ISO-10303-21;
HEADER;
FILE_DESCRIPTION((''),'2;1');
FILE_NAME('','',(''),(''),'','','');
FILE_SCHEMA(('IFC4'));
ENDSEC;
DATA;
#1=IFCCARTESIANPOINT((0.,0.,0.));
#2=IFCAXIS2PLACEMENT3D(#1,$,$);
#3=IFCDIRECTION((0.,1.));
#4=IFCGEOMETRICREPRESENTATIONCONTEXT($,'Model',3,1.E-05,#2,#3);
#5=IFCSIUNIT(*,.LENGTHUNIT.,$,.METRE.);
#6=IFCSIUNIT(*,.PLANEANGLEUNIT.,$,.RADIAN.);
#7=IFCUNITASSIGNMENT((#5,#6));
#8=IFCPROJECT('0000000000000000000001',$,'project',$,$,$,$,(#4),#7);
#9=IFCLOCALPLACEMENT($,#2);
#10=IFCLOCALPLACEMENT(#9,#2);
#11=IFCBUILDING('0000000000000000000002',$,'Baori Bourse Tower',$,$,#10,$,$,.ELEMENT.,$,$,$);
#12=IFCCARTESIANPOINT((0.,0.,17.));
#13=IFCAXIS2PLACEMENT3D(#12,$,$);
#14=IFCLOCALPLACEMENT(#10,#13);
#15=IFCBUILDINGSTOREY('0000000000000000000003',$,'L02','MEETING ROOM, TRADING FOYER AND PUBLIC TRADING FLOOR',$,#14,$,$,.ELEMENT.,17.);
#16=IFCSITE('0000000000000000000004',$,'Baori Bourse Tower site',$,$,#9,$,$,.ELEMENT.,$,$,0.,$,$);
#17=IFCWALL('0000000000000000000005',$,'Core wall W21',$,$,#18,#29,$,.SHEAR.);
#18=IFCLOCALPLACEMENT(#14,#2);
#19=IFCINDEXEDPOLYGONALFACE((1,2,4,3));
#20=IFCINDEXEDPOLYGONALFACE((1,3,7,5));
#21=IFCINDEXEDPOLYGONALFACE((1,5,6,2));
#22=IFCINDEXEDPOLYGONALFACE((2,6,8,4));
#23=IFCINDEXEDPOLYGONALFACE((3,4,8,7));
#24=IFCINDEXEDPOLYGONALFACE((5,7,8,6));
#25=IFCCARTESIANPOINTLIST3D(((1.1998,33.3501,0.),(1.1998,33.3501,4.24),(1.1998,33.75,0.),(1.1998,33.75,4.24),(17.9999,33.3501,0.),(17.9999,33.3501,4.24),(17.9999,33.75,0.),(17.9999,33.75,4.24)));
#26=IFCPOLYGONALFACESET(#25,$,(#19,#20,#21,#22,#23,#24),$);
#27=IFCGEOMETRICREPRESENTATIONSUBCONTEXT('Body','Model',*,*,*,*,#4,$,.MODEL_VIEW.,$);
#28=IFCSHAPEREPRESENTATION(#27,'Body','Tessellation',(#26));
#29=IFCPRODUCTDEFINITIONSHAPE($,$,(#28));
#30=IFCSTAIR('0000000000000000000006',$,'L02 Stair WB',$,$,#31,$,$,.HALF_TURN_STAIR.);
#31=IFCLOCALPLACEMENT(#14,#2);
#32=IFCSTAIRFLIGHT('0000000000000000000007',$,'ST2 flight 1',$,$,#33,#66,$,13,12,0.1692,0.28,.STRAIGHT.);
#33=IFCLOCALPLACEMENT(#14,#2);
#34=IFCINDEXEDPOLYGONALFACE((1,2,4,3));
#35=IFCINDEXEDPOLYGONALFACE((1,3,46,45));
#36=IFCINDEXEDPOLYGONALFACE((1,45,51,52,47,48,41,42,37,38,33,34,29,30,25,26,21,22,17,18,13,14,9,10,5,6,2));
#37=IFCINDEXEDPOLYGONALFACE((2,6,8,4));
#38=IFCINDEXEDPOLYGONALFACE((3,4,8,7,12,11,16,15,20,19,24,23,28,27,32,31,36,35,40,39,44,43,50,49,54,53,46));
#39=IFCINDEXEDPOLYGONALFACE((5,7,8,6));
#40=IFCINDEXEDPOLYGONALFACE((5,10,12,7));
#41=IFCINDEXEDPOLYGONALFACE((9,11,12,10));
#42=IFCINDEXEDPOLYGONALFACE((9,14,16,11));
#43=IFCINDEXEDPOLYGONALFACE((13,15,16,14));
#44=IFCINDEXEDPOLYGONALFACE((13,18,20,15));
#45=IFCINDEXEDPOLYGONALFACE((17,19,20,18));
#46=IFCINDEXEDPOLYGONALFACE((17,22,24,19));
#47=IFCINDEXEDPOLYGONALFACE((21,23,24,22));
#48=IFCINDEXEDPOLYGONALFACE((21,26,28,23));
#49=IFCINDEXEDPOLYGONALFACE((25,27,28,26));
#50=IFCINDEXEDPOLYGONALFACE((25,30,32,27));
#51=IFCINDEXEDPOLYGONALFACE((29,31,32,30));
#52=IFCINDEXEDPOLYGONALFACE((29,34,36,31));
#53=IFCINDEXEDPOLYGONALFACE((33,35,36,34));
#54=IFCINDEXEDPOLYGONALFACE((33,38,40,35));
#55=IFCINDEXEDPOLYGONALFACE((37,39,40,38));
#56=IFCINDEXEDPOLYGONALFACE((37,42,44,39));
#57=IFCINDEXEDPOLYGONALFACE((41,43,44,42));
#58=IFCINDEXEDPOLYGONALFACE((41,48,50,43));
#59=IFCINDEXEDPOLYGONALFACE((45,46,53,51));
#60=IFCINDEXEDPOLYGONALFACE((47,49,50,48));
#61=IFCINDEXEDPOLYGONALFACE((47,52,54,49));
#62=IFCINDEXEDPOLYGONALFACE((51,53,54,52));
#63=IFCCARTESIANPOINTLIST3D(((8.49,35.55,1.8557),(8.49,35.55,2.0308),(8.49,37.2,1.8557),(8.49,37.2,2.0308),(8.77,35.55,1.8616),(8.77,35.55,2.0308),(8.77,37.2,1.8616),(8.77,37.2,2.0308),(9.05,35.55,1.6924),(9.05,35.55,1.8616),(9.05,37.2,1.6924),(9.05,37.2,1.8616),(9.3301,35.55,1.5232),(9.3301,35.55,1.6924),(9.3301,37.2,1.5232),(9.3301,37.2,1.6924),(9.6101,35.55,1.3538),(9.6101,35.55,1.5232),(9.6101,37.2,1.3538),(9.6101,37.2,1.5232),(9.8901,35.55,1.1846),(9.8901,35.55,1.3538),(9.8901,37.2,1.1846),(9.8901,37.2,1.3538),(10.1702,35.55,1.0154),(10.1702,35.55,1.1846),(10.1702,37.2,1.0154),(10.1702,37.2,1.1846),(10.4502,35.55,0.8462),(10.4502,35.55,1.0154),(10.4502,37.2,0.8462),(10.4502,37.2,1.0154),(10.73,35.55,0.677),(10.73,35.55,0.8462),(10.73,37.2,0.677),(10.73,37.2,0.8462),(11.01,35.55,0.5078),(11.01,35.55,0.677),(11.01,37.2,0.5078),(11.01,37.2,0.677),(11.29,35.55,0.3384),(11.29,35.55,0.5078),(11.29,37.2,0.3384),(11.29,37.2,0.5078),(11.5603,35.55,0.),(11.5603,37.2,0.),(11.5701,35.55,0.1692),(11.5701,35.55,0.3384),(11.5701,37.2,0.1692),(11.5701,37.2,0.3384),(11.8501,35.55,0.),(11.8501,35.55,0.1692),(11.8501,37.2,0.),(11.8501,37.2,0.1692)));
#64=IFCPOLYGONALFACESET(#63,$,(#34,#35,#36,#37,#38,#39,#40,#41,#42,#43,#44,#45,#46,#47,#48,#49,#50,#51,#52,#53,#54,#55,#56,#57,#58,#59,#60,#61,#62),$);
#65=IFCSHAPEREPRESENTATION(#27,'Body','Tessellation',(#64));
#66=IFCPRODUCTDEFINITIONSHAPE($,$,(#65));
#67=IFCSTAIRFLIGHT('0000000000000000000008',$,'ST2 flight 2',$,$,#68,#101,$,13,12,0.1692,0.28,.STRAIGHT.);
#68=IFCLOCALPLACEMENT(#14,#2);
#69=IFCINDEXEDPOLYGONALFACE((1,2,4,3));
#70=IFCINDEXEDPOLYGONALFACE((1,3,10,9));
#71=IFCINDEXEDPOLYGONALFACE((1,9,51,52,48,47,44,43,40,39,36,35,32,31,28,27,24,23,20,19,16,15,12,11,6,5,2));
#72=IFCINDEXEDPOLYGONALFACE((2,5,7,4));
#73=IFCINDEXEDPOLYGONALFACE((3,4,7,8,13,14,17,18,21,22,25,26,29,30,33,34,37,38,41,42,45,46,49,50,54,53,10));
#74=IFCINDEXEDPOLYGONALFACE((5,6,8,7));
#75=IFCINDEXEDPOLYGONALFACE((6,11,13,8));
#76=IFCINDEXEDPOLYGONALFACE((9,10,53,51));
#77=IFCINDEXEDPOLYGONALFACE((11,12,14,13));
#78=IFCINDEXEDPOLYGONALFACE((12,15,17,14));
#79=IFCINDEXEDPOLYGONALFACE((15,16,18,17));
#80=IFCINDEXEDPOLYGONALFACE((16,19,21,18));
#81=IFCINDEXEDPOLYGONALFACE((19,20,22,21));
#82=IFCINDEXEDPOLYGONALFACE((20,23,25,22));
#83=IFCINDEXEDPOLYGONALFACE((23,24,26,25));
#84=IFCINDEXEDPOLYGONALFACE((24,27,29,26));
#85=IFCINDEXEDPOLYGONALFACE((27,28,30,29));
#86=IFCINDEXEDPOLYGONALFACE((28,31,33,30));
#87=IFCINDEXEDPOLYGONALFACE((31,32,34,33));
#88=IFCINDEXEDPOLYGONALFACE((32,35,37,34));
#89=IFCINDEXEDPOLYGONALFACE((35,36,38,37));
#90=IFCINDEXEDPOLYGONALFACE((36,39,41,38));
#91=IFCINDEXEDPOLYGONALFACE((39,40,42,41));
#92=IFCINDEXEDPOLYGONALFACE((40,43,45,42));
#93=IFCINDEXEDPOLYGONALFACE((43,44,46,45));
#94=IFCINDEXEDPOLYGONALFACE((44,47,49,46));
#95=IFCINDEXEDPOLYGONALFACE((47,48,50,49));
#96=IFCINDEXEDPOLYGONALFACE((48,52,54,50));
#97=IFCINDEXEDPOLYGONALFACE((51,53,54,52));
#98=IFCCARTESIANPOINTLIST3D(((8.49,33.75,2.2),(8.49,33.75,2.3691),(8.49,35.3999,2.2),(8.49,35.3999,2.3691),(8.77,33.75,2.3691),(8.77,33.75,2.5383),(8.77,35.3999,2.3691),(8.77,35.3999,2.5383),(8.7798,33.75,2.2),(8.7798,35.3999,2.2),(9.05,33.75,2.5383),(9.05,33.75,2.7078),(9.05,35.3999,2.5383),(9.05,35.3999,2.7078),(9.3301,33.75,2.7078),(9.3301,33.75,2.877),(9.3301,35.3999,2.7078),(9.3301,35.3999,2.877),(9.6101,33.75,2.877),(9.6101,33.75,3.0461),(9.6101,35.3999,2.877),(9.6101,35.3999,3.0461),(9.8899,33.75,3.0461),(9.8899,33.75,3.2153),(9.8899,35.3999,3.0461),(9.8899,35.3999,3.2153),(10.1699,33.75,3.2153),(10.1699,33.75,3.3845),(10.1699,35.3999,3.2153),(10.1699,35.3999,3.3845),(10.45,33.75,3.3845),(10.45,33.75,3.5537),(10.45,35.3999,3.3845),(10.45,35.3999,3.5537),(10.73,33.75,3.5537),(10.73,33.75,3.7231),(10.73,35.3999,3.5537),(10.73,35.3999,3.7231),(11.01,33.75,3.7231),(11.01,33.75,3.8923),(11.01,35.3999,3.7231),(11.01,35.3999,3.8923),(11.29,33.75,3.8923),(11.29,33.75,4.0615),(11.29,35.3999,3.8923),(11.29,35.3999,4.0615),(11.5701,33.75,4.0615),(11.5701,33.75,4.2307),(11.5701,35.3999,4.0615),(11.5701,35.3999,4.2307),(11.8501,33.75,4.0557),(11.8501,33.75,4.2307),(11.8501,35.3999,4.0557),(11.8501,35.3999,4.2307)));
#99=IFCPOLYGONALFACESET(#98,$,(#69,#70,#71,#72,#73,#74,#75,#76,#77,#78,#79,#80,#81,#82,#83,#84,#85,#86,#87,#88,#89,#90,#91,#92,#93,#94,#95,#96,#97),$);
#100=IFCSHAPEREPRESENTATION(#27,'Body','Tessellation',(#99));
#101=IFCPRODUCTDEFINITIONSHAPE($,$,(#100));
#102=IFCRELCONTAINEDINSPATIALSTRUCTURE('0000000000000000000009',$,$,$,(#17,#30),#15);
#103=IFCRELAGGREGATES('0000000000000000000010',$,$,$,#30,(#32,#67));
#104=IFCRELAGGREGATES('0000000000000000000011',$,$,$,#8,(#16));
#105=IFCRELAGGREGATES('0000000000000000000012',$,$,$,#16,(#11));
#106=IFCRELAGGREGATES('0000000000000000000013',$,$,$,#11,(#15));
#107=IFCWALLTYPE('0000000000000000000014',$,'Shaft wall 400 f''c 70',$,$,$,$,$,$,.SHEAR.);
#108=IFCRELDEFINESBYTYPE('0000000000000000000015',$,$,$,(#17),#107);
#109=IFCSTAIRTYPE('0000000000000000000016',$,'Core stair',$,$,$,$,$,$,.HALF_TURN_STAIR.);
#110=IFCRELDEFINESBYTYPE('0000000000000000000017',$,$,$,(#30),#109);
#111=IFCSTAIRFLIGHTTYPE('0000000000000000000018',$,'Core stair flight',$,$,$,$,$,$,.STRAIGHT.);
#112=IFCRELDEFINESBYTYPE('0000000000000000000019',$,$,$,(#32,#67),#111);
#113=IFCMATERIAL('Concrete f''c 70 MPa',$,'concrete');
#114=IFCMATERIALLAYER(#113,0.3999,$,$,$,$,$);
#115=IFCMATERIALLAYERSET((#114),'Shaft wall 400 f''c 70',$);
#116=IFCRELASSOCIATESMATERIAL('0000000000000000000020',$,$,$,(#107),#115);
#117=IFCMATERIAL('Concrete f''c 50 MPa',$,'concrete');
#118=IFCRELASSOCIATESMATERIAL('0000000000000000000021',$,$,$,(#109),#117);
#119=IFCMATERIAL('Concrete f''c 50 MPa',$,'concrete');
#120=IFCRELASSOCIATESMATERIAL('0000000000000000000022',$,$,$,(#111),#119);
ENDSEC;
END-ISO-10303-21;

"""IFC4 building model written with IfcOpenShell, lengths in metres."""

from ifc_helpers import new_model, si_unit, direction, frame, frame_2d, origin, place, context, subcontext, project, spatial, polyline, rectangle, outline, extrude, material, layer, layer_set, type_object, element, aggregate, save


model = new_model("IFC4")

# Units and contexts
model_context = context("Model", 3, precision=1e-05, world=origin(), true_north=direction((0.0, 1.0)))
body_context = subcontext(model_context, "Body", "Model", "MODEL_VIEW")
ifc_project = project(units=[si_unit("LENGTHUNIT", "METRE"), si_unit("PLANEANGLEUNIT", "RADIAN")], contexts=[model_context])

# Site, building, storey
site_placement = place(None, origin())
site = spatial("IfcSite", under=ifc_project, at=site_placement, Name="Baori Bourse Tower site", CompositionType="ELEMENT", RefElevation=0.0)
building_placement = place(site_placement, origin())
building = spatial("IfcBuilding", under=site, at=building_placement, Name="Baori Bourse Tower", CompositionType="ELEMENT")
storey_placement = place(building_placement, frame((0.0, 0.0, 17.0)))
storey = spatial("IfcBuildingStorey", under=building, at=storey_placement, Name="L02", Description="MEETING ROOM, TRADING FOYER AND PUBLIC TRADING FLOOR", CompositionType="ELEMENT", Elevation=17.0)

# Wall
ifc_material_1 = material(Name="Concrete f'c 70 MPa", Category="concrete")
ifc_layer_1 = layer(ifc_material_1, 0.3999)
ifc_layer_set_1 = layer_set([ifc_layer_1], Name="Shaft wall 400 f'c 70")
wall_type_1 = type_object("IfcWallType", Name="Shaft wall 400 f'c 70", PredefinedType="SHEAR", material=ifc_layer_set_1)
wall_1_placement = place(storey_placement, frame((1.2, 33.55, 0.0), z_axis=(0.0, 0.0, 1.0), x_axis=(1.0, 0.0, 0.0)))
element("IfcWall", 1, at=wall_1_placement, inside=storey, type_object=wall_type_1, Name="Core wall W21", PredefinedType="SHEAR", context=body_context, shape_type="SweptSolid", body=[
    extrude(rectangle(XDim=16.8, YDim=0.3999, at=frame_2d((8.3999, 0.0))), origin(), (0.0, 0.0, 1.0), 4.24),
])

# Stair, stair flights
ifc_material_2 = material(Name="Concrete f'c 50 MPa", Category="concrete")
stair_type = type_object("IfcStairType", Name="Core stair", PredefinedType="HALF_TURN_STAIR", material=ifc_material_2)
stair_placement = place(storey_placement, origin())
stair = element("IfcStair", 2, at=stair_placement, inside=storey, type_object=stair_type, Name="L02 Stair WB", PredefinedType="HALF_TURN_STAIR")
ifc_material_3 = material(Name="Concrete f'c 50 MPa", Category="concrete")
stair_flight_type = type_object("IfcStairFlightType", Name="Core stair flight", PredefinedType="STRAIGHT", material=ifc_material_3)
stair_flight_1_placement = place(storey_placement, frame((11.8501, 36.375, 0.0), z_axis=(0.0, 0.0, 1.0), x_axis=(-1.0, 0.0, 0.0)))
stair_flight_1 = element("IfcStairFlight", 3, at=stair_flight_1_placement, type_object=stair_flight_type, Name="ST2 flight 1", NumberOfRisers=13, NumberOfTreads=12, PredefinedType="STRAIGHT", RiserHeight=0.1692, TreadLength=0.28, context=body_context, shape_type="SweptSolid", body=[
    extrude(outline(polyline([(0.0, 0.0), (0.0, 0.1692), (0.28, 0.1692), (0.28, 0.3384), (0.5601, 0.3384), (0.5601, 0.5078), (0.8401, 0.5078), (0.8401, 0.677), (1.1201, 0.677), (1.1201, 0.8462), (1.3999, 0.8462), (1.3999, 1.0154), (1.6799, 1.0154), (1.6799, 1.1846), (1.96, 1.1846), (1.96, 1.3538), (2.24, 1.3538), (2.24, 1.5232), (2.52, 1.5232), (2.52, 1.6924), (2.8, 1.6924), (2.8, 1.8616), (3.0801, 1.8616), (3.0801, 2.0308), (3.3601, 2.0308), (3.3601, 2.2), (3.3601, 1.8557), (0.2898, 0.0), (0.0, 0.0)])), frame((0.0, 0.825, 0.0), z_axis=(0.0, -1.0, 0.0), x_axis=(1.0, 0.0, 0.0)), (0.0, 0.0, 1.0), 1.6499),
])
stair_flight_2_placement = place(storey_placement, frame((8.49, 34.575, 2.2), z_axis=(0.0, 0.0, 1.0), x_axis=(1.0, 0.0, 0.0)))
stair_flight_2 = element("IfcStairFlight", 4, at=stair_flight_2_placement, type_object=stair_flight_type, Name="ST2 flight 2", NumberOfRisers=13, NumberOfTreads=12, PredefinedType="STRAIGHT", RiserHeight=0.1692, TreadLength=0.28, context=body_context, shape_type="SweptSolid", body=[
    extrude(outline(polyline([(0.0, 0.0), (0.0, 0.1692), (0.28, 0.1692), (0.28, 0.3384), (0.5601, 0.3384), (0.5601, 0.5078), (0.8401, 0.5078), (0.8401, 0.677), (1.1201, 0.677), (1.1201, 0.8462), (1.3999, 0.8462), (1.3999, 1.0154), (1.6799, 1.0154), (1.6799, 1.1846), (1.96, 1.1846), (1.96, 1.3538), (2.24, 1.3538), (2.24, 1.5232), (2.52, 1.5232), (2.52, 1.6924), (2.8, 1.6924), (2.8, 1.8616), (3.0801, 1.8616), (3.0801, 2.0308), (3.3601, 2.0308), (3.3601, 2.2), (3.3601, 1.8557), (0.2898, 0.0), (0.0, 0.0)])), frame((0.0, 0.825, 0.0), z_axis=(0.0, -1.0, 0.0), x_axis=(1.0, 0.0, 0.0)), (0.0, 0.0, 1.0), 1.6499),
])
aggregate(stair, [stair_flight_1, stair_flight_2])

save(model, "model.ifc")
